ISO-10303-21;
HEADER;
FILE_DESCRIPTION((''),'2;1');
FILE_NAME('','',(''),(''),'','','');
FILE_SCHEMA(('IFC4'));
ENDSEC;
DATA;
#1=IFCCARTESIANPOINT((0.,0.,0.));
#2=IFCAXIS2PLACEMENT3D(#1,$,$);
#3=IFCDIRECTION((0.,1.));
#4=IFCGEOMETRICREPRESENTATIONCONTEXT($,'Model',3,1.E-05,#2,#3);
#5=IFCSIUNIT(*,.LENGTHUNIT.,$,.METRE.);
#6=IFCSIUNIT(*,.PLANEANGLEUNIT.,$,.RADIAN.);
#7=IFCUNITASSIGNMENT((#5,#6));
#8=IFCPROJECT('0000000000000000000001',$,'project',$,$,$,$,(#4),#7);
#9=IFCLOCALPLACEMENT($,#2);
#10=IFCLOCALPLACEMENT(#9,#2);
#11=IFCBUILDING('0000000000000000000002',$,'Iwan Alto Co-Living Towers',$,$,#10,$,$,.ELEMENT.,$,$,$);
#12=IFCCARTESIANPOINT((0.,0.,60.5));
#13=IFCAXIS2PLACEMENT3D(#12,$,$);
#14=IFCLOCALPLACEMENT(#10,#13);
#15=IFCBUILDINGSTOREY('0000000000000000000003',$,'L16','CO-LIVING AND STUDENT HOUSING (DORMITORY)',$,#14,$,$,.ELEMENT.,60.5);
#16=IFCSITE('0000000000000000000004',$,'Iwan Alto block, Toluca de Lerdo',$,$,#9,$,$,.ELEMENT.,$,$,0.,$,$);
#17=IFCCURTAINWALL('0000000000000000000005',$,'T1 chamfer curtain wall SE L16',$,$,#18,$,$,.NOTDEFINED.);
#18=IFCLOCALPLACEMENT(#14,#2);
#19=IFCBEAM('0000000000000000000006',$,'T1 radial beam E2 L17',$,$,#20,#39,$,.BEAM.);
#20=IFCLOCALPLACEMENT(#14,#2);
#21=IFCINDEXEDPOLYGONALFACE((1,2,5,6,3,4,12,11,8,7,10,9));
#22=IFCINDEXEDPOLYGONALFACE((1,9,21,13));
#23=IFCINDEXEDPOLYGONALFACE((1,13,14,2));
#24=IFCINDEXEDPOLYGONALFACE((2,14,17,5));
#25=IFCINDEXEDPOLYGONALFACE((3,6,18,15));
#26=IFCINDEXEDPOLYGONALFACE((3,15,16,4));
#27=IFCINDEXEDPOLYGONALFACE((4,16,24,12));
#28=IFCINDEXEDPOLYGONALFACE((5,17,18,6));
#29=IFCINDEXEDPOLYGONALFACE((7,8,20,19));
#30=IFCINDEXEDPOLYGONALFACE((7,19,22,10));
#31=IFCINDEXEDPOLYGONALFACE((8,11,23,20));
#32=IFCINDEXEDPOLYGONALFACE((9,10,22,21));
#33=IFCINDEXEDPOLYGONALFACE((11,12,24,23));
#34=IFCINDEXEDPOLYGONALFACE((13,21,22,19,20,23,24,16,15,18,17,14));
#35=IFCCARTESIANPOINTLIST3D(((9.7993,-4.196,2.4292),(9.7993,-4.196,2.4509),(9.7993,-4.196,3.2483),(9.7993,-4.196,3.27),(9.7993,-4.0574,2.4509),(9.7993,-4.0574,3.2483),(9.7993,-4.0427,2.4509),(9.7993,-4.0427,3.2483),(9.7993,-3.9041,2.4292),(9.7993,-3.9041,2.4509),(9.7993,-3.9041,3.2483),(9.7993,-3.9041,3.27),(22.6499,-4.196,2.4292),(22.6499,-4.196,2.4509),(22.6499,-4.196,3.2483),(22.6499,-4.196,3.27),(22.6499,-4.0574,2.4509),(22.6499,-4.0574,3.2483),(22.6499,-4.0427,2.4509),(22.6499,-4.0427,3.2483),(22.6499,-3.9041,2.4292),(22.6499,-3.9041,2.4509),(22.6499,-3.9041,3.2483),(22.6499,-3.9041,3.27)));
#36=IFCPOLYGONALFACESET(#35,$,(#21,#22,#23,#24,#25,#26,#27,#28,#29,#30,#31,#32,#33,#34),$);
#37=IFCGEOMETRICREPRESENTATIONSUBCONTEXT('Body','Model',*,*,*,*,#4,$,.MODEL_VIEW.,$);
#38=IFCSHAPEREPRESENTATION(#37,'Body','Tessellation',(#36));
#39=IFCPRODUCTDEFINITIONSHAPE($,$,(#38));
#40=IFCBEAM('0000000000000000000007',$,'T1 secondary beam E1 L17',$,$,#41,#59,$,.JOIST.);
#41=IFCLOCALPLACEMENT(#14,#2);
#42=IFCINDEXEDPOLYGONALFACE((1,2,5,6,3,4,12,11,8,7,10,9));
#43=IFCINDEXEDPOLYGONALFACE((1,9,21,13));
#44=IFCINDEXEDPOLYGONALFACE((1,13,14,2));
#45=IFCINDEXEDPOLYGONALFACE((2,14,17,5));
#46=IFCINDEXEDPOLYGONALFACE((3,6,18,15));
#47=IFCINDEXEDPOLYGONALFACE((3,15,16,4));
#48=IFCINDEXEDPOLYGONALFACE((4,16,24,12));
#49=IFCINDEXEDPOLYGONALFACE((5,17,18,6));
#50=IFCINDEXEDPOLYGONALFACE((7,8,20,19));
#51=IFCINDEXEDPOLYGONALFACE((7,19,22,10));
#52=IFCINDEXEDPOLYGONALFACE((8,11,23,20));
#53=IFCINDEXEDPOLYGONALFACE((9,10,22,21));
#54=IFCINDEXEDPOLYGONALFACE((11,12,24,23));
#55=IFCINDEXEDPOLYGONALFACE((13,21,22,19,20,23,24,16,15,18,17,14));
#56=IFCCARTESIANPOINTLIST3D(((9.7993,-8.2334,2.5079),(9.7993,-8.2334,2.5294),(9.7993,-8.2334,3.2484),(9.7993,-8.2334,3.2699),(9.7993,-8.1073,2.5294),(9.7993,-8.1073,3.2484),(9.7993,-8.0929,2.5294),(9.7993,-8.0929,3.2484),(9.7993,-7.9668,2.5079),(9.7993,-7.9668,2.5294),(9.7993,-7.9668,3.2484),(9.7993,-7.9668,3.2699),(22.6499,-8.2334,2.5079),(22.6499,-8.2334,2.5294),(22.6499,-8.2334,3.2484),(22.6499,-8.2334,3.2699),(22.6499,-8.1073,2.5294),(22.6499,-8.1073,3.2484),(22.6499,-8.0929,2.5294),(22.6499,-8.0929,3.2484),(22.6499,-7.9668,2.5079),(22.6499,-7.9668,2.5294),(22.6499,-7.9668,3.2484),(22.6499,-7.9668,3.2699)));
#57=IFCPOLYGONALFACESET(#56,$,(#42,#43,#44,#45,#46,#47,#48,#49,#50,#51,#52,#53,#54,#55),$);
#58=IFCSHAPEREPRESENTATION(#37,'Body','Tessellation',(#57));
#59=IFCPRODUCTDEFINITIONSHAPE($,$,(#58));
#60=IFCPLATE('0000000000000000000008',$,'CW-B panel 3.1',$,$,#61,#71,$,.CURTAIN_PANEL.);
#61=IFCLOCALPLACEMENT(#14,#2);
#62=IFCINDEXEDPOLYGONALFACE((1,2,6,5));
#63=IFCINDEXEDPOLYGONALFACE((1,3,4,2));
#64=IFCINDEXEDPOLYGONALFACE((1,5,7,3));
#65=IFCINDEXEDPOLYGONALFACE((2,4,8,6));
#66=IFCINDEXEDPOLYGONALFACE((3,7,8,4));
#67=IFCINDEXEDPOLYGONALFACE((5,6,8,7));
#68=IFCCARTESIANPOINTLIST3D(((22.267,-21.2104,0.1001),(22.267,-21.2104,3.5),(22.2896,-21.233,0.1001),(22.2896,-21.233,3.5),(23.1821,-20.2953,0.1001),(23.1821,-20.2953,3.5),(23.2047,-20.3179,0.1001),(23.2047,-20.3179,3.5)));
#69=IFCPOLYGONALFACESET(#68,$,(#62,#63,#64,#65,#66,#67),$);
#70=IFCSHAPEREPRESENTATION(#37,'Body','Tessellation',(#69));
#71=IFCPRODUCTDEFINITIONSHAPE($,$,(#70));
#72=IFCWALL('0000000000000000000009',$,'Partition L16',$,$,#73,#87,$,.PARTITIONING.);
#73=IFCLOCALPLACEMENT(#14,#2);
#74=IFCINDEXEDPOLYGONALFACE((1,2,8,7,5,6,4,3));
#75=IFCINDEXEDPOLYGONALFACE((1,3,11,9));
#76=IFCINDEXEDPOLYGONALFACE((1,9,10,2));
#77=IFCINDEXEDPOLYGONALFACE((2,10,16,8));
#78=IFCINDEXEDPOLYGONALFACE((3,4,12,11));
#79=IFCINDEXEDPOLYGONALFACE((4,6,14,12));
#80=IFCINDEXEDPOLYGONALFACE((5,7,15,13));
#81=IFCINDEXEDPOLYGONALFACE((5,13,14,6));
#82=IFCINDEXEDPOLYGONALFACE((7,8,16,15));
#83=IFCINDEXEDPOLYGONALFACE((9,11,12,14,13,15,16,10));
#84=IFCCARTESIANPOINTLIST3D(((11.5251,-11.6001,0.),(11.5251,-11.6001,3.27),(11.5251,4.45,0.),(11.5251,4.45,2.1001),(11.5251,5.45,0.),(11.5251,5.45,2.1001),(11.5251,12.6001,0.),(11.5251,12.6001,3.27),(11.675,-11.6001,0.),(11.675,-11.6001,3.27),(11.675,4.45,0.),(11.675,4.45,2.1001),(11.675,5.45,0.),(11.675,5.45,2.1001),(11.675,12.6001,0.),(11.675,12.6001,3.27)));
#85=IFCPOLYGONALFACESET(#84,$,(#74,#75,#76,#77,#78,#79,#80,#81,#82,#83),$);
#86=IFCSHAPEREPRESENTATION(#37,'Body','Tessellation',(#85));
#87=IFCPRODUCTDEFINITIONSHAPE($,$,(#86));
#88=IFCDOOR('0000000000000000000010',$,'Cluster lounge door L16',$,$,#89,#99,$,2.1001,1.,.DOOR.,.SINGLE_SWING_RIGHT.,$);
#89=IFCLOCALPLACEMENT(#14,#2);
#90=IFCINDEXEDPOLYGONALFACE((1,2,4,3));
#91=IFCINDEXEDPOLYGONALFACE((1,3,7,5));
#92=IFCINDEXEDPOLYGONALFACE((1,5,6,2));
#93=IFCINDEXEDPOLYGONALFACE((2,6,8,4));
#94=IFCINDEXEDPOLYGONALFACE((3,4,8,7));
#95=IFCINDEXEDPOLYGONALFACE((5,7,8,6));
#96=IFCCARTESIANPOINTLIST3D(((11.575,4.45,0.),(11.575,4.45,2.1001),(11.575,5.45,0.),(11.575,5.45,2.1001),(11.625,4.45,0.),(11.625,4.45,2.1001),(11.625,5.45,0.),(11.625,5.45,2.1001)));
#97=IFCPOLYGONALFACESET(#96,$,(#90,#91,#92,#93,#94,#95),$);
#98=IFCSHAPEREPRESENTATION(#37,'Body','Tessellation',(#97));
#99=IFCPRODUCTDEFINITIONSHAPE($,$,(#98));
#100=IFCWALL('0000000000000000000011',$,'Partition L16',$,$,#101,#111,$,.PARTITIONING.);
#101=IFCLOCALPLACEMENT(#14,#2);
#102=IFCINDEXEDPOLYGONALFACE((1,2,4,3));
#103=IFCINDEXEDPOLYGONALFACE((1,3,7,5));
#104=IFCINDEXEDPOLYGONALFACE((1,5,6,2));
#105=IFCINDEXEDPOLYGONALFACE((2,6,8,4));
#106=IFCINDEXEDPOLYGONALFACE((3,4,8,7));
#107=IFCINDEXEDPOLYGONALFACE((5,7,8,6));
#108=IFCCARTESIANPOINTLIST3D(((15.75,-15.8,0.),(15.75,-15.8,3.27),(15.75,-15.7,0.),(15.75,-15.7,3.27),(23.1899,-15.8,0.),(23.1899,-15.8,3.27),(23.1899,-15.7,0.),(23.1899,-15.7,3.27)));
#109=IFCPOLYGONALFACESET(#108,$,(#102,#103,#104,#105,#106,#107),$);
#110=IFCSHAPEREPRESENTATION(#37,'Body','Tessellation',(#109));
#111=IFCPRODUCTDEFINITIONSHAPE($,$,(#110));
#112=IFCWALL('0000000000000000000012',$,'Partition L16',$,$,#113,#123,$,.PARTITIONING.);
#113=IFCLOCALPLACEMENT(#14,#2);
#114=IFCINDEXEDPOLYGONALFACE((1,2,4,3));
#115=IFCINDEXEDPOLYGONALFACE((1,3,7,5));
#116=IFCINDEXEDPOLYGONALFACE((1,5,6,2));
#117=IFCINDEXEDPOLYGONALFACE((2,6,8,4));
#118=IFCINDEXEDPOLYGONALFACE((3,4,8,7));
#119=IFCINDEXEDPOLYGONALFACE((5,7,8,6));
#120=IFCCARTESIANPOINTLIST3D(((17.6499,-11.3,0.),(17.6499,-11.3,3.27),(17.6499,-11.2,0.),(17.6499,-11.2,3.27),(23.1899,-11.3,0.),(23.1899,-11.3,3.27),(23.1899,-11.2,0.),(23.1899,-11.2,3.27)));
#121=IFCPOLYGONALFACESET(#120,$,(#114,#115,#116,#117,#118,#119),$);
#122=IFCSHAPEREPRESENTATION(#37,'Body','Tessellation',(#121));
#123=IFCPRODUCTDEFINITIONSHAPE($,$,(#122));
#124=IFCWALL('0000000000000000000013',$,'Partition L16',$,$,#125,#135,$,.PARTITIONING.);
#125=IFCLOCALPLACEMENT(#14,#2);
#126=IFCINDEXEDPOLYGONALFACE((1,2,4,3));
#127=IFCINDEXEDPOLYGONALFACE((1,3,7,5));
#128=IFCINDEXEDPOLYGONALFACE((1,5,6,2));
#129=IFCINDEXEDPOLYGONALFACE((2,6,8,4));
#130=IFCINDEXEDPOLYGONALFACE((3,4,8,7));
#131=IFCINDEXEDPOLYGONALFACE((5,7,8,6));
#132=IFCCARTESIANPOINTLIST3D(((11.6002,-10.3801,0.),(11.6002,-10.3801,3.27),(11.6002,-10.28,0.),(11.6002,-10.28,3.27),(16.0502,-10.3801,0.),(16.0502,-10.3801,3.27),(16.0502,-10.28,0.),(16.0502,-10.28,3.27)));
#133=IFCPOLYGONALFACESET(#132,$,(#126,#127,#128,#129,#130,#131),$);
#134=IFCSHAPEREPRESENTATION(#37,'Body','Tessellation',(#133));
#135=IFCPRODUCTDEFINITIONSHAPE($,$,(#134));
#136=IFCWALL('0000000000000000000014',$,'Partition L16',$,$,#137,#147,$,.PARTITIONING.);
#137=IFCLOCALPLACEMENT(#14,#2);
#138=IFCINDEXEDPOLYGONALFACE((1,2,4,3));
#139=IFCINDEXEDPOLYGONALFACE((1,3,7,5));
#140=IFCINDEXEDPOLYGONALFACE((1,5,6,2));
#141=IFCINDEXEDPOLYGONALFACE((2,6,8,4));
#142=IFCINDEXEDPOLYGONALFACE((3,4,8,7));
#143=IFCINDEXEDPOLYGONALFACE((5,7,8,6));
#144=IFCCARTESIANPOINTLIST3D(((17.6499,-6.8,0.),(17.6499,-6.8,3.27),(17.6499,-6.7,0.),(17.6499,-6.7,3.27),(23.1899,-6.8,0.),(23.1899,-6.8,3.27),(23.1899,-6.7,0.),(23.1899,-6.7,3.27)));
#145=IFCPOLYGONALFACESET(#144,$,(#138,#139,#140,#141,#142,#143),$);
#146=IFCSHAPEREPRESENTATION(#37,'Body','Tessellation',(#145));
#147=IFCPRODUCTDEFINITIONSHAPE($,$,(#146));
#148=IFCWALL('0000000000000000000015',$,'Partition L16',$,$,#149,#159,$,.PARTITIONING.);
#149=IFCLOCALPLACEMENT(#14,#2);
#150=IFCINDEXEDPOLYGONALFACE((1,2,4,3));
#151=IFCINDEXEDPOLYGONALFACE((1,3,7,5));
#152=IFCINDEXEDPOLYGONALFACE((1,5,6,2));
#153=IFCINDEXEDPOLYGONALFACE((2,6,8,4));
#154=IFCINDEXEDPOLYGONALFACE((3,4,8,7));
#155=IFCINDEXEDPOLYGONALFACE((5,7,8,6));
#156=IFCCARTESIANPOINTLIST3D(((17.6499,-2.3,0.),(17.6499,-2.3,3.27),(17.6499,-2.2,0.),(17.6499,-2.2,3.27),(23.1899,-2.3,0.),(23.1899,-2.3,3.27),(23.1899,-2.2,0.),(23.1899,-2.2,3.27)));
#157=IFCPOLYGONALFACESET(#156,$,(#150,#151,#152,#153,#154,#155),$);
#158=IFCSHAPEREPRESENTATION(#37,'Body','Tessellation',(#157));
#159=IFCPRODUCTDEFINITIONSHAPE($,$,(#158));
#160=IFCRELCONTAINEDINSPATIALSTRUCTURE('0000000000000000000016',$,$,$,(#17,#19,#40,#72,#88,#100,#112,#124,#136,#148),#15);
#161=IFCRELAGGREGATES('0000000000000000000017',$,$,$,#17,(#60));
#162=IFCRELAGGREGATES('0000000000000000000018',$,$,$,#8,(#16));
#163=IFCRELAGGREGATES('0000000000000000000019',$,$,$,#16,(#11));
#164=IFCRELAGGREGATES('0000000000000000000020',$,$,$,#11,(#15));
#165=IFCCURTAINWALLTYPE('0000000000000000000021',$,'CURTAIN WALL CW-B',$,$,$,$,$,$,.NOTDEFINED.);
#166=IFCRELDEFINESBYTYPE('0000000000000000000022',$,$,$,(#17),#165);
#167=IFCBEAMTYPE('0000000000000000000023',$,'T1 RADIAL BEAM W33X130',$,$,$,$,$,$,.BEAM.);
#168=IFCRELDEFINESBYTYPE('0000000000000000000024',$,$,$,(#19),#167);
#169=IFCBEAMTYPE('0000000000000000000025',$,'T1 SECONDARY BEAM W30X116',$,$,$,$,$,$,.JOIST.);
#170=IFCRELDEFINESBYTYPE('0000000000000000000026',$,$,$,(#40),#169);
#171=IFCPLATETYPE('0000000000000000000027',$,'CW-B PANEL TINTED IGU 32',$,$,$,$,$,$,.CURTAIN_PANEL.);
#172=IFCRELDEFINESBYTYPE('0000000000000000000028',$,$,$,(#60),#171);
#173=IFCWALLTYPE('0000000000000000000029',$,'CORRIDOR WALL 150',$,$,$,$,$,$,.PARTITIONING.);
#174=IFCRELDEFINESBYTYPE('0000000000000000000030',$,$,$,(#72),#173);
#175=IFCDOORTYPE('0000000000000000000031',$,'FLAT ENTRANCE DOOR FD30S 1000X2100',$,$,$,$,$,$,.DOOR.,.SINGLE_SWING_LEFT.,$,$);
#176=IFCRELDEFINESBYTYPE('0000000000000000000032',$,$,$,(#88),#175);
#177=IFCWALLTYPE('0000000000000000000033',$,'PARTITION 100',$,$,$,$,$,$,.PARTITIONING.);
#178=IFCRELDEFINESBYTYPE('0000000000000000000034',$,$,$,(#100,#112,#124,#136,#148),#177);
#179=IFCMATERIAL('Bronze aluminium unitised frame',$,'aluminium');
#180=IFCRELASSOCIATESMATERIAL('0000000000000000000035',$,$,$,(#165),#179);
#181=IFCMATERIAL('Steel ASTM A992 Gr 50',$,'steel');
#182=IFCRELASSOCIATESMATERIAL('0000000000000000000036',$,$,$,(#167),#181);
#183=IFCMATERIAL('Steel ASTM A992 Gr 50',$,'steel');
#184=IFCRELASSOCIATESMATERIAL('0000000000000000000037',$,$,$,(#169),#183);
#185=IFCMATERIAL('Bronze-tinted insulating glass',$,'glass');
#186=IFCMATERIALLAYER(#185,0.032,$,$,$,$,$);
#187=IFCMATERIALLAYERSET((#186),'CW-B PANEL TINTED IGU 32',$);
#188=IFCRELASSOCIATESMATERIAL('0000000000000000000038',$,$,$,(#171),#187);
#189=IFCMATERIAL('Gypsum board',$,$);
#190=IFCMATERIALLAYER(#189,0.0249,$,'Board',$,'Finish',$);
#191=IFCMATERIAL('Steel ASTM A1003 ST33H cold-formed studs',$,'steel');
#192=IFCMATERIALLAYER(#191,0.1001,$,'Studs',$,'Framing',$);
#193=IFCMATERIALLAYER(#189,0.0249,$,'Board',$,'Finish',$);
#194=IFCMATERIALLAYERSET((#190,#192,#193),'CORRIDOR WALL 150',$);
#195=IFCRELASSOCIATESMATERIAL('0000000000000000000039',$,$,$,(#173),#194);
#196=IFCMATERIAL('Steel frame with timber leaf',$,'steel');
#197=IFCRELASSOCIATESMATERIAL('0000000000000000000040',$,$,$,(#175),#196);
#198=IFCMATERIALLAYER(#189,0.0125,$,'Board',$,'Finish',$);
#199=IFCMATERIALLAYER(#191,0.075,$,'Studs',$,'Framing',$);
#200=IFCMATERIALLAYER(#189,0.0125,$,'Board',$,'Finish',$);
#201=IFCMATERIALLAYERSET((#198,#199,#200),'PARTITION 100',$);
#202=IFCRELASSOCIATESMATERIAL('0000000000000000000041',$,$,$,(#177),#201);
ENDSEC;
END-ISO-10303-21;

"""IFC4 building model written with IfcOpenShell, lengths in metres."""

from ifc_helpers import new_model, si_unit, direction, frame, frame_2d, origin, origin_2d, place, context, subcontext, project, spatial, rectangle, i_section, extrude, material, layer, layer_set, material_profile, profile_set, type_object, element, fill, aggregate, save


model = new_model("IFC4")

# Units and contexts
model_context = context("Model", 3, precision=1e-05, world=origin(), true_north=direction((0.0, 1.0)))
body_context = subcontext(model_context, "Body", "Model", "MODEL_VIEW")
ifc_project = project(units=[si_unit("LENGTHUNIT", "METRE"), si_unit("PLANEANGLEUNIT", "RADIAN")], contexts=[model_context])

# Site, building, storey
site_placement = place(None, origin())
site = spatial("IfcSite", under=ifc_project, at=site_placement, Name="Iwan Alto block, Toluca de Lerdo", CompositionType="ELEMENT", RefElevation=0.0)
building_placement = place(site_placement, origin())
building = spatial("IfcBuilding", under=site, at=building_placement, Name="Iwan Alto Co-Living Towers", CompositionType="ELEMENT")
storey_placement = place(building_placement, frame((0.0, 0.0, 60.5)))
storey = spatial("IfcBuildingStorey", under=building, at=storey_placement, Name="L16", Description="CO-LIVING AND STUDENT HOUSING (DORMITORY)", CompositionType="ELEMENT", Elevation=60.5)

# Curtain wall
ifc_material_1 = material(Name="Bronze aluminium unitised frame", Category="aluminium")
curtain_wall_type = type_object("IfcCurtainWallType", Name="CURTAIN WALL CW-B", PredefinedType="NOTDEFINED", material=ifc_material_1)
curtain_wall_placement = place(storey_placement, origin())
curtain_wall = element("IfcCurtainWall", 1, at=curtain_wall_placement, inside=storey, type_object=curtain_wall_type, Name="T1 chamfer curtain wall SE L16", PredefinedType="NOTDEFINED")

# Beams
ifc_material_2 = material(Name="Steel ASTM A992 Gr 50", Category="steel")
ifc_material_profile_1 = material_profile(ifc_material_2, i_section(OverallWidth=0.292, OverallDepth=0.8408, WebThickness=0.0146, FlangeThickness=0.0217, at=origin_2d()), Name="W33X130")
ifc_profile_set_1 = profile_set([ifc_material_profile_1], Name="Steel ASTM A992 Gr 50")
beam_type_1 = type_object("IfcBeamType", Name="T1 RADIAL BEAM W33X130", PredefinedType="BEAM", material=ifc_profile_set_1)
beam_1_placement = place(storey_placement, frame((22.6499, -4.05, 2.8496), z_axis=(-1.0, 0.0, 0.0), x_axis=(0.0, -1.0, 0.0)))
element("IfcBeam", 2, at=beam_1_placement, inside=storey, type_object=beam_type_1, Name="T1 radial beam E2 L17", PredefinedType="BEAM", context=body_context, shape_type="SweptSolid", body=[
    extrude(i_section(OverallWidth=0.292, OverallDepth=0.8408, WebThickness=0.0146, FlangeThickness=0.0217, at=origin_2d()), origin(), (0.0, 0.0, 1.0), 12.8506),
])
ifc_material_3 = material(Name="Steel ASTM A992 Gr 50", Category="steel")
ifc_material_profile_2 = material_profile(ifc_material_3, i_section(OverallWidth=0.2666, OverallDepth=0.762, WebThickness=0.0144, FlangeThickness=0.0215, at=origin_2d()), Name="W30X116")
ifc_profile_set_2 = profile_set([ifc_material_profile_2], Name="Steel ASTM A992 Gr 50")
beam_type_2 = type_object("IfcBeamType", Name="T1 SECONDARY BEAM W30X116", PredefinedType="JOIST", material=ifc_profile_set_2)
beam_2_placement = place(storey_placement, frame((22.6499, -8.1001, 2.8889), z_axis=(-1.0, 0.0, 0.0), x_axis=(0.0, -1.0, 0.0)))
element("IfcBeam", 3, at=beam_2_placement, inside=storey, type_object=beam_type_2, Name="T1 secondary beam E1 L17", PredefinedType="JOIST", context=body_context, shape_type="SweptSolid", body=[
    extrude(i_section(OverallWidth=0.2666, OverallDepth=0.762, WebThickness=0.0144, FlangeThickness=0.0215, at=origin_2d()), origin(), (0.0, 0.0, 1.0), 12.8506),
])

# Plate
ifc_material_4 = material(Name="Bronze-tinted insulating glass", Category="glass")
ifc_layer_1 = layer(ifc_material_4, 0.032)
ifc_layer_set_1 = layer_set([ifc_layer_1], Name="CW-B PANEL TINTED IGU 32")
plate_type = type_object("IfcPlateType", Name="CW-B PANEL TINTED IGU 32", PredefinedType="CURTAIN_PANEL", material=ifc_layer_set_1)
plate_placement = place(storey_placement, frame((22.7358, -20.7642, 0.1001), z_axis=(0.0, 0.0, 1.0), x_axis=(0.707107, 0.707107, 0.0)))
plate = element("IfcPlate", 4, at=plate_placement, type_object=plate_type, Name="CW-B panel 3.1", PredefinedType="CURTAIN_PANEL", context=body_context, shape_type="SweptSolid", body=[
    extrude(rectangle(XDim=1.2942, YDim=0.032, at=origin_2d()), origin(), (0.0, 0.0, 1.0), 3.3999),
])
aggregate(curtain_wall, [plate])

# Wall, opening, door
ifc_material_5 = material(Name="Gypsum board")
ifc_layer_2 = layer(ifc_material_5, 0.0249, Name="Board", Category="Finish")
ifc_material_6 = material(Name="Steel ASTM A1003 ST33H cold-formed studs", Category="steel")
ifc_layer_3 = layer(ifc_material_6, 0.1001, Name="Studs", Category="Framing")
ifc_layer_4 = layer(ifc_material_5, 0.0249, Name="Board", Category="Finish")
ifc_layer_set_2 = layer_set([ifc_layer_2, ifc_layer_3, ifc_layer_4], Name="CORRIDOR WALL 150")
wall_type_1 = type_object("IfcWallType", Name="CORRIDOR WALL 150", PredefinedType="PARTITIONING", material=ifc_layer_set_2)
wall_1_placement = place(storey_placement, frame((11.6001, -11.6001, 0.0), z_axis=(0.0, 0.0, 1.0), x_axis=(0.0, 1.0, 0.0)))
wall_1 = element("IfcWall", 5, at=wall_1_placement, inside=storey, type_object=wall_type_1, Name="Partition L16", PredefinedType="PARTITIONING", context=body_context, shape_type="SweptSolid", body=[
    extrude(rectangle(XDim=24.2002, YDim=0.1499, at=frame_2d((12.1001, 0.0))), origin(), (0.0, 0.0, 1.0), 3.27),
])
opening_1_placement = place(wall_1_placement, frame((16.05, 0.0, 0.0)))
opening_1 = element("IfcOpeningElement", 6, at=opening_1_placement, cuts=wall_1, PredefinedType="OPENING", context=body_context, shape_type="SweptSolid", body=[
    extrude(rectangle(XDim=1.0, YDim=2.1001, at=frame_2d((0.5, 1.05))), frame((0.0, 0.085, 0.0), z_axis=(0.0, -1.0, 0.0), x_axis=(1.0, 0.0, 0.0)), (0.0, 0.0, 1.0), 0.1699),
])
ifc_material_7 = material(Name="Steel frame with timber leaf", Category="steel")
door_type_1 = type_object("IfcDoorType", Name="FLAT ENTRANCE DOOR FD30S 1000X2100", OperationType="SINGLE_SWING_LEFT", PredefinedType="DOOR", material=ifc_material_7)
door_1_placement = place(opening_1_placement, frame((1.0, 0.0, 0.0), z_axis=(0.0, 0.0, 1.0), x_axis=(-1.0, 0.0, 0.0)))
door_1 = element("IfcDoor", 7, at=door_1_placement, inside=storey, type_object=door_type_1, Name="Cluster lounge door L16", OperationType="SINGLE_SWING_RIGHT", OverallHeight=2.1001, OverallWidth=1.0, PredefinedType="DOOR", context=body_context, shape_type="SweptSolid", body=[
    extrude(rectangle(XDim=1.0, YDim=2.1001, at=frame_2d((0.5, 1.05))), frame((0.0, 0.0249, 0.0), z_axis=(0.0, -1.0, 0.0), x_axis=(1.0, 0.0, 0.0)), (0.0, 0.0, 1.0), 0.05),
])
fill(opening_1, door_1)

# Walls
ifc_layer_5 = layer(ifc_material_5, 0.0125, Name="Board", Category="Finish")
ifc_layer_6 = layer(ifc_material_6, 0.075, Name="Studs", Category="Framing")
ifc_layer_7 = layer(ifc_material_5, 0.0125, Name="Board", Category="Finish")
ifc_layer_set_3 = layer_set([ifc_layer_5, ifc_layer_6, ifc_layer_7], Name="PARTITION 100")
wall_type_2 = type_object("IfcWallType", Name="PARTITION 100", PredefinedType="PARTITIONING", material=ifc_layer_set_3)
wall_2_placement = place(storey_placement, frame((15.75, -15.75, 0.0), z_axis=(0.0, 0.0, 1.0), x_axis=(1.0, 0.0, 0.0)))
element("IfcWall", 8, at=wall_2_placement, inside=storey, type_object=wall_type_2, Name="Partition L16", PredefinedType="PARTITIONING", context=body_context, shape_type="SweptSolid", body=[
    extrude(rectangle(XDim=7.4399, YDim=0.1001, at=frame_2d((3.72, 0.0))), origin(), (0.0, 0.0, 1.0), 3.27),
])
wall_3_placement = place(storey_placement, frame((17.6499, -11.25, 0.0), z_axis=(0.0, 0.0, 1.0), x_axis=(1.0, 0.0, 0.0)))
element("IfcWall", 9, at=wall_3_placement, inside=storey, type_object=wall_type_2, Name="Partition L16", PredefinedType="PARTITIONING", context=body_context, shape_type="SweptSolid", body=[
    extrude(rectangle(XDim=5.54, YDim=0.1001, at=frame_2d((2.77, 0.0))), origin(), (0.0, 0.0, 1.0), 3.27),
])
wall_4_placement = place(storey_placement, frame((11.6001, -10.3301, 0.0), z_axis=(0.0, 0.0, 1.0), x_axis=(1.0, 0.0, 0.0)))
element("IfcWall", 10, at=wall_4_placement, inside=storey, type_object=wall_type_2, Name="Partition L16", PredefinedType="PARTITIONING", context=body_context, shape_type="SweptSolid", body=[
    extrude(rectangle(XDim=4.45, YDim=0.1001, at=frame_2d((2.2251, 0.0))), origin(), (0.0, 0.0, 1.0), 3.27),
])
for number, where, z_axis, x_axis, name in (
    (11, (17.6499, -6.75, 0.0), (0.0, 0.0, 1.0), (1.0, 0.0, 0.0), "Partition L16"),
    (12, (17.6499, -2.25, 0.0), (0.0, 0.0, 1.0), (1.0, 0.0, 0.0), "Partition L16"),
):
    element("IfcWall", number, at=place(storey_placement, frame(where, z_axis=z_axis, x_axis=x_axis)), inside=storey, type_object=wall_type_2, Name=name, PredefinedType="PARTITIONING", context=body_context, shape_type="SweptSolid", body=[
        extrude(rectangle(XDim=5.54, YDim=0.1001, at=frame_2d((2.77, 0.0))), origin(), (0.0, 0.0, 1.0), 3.27),
    ])

save(model, "model.ifc")
